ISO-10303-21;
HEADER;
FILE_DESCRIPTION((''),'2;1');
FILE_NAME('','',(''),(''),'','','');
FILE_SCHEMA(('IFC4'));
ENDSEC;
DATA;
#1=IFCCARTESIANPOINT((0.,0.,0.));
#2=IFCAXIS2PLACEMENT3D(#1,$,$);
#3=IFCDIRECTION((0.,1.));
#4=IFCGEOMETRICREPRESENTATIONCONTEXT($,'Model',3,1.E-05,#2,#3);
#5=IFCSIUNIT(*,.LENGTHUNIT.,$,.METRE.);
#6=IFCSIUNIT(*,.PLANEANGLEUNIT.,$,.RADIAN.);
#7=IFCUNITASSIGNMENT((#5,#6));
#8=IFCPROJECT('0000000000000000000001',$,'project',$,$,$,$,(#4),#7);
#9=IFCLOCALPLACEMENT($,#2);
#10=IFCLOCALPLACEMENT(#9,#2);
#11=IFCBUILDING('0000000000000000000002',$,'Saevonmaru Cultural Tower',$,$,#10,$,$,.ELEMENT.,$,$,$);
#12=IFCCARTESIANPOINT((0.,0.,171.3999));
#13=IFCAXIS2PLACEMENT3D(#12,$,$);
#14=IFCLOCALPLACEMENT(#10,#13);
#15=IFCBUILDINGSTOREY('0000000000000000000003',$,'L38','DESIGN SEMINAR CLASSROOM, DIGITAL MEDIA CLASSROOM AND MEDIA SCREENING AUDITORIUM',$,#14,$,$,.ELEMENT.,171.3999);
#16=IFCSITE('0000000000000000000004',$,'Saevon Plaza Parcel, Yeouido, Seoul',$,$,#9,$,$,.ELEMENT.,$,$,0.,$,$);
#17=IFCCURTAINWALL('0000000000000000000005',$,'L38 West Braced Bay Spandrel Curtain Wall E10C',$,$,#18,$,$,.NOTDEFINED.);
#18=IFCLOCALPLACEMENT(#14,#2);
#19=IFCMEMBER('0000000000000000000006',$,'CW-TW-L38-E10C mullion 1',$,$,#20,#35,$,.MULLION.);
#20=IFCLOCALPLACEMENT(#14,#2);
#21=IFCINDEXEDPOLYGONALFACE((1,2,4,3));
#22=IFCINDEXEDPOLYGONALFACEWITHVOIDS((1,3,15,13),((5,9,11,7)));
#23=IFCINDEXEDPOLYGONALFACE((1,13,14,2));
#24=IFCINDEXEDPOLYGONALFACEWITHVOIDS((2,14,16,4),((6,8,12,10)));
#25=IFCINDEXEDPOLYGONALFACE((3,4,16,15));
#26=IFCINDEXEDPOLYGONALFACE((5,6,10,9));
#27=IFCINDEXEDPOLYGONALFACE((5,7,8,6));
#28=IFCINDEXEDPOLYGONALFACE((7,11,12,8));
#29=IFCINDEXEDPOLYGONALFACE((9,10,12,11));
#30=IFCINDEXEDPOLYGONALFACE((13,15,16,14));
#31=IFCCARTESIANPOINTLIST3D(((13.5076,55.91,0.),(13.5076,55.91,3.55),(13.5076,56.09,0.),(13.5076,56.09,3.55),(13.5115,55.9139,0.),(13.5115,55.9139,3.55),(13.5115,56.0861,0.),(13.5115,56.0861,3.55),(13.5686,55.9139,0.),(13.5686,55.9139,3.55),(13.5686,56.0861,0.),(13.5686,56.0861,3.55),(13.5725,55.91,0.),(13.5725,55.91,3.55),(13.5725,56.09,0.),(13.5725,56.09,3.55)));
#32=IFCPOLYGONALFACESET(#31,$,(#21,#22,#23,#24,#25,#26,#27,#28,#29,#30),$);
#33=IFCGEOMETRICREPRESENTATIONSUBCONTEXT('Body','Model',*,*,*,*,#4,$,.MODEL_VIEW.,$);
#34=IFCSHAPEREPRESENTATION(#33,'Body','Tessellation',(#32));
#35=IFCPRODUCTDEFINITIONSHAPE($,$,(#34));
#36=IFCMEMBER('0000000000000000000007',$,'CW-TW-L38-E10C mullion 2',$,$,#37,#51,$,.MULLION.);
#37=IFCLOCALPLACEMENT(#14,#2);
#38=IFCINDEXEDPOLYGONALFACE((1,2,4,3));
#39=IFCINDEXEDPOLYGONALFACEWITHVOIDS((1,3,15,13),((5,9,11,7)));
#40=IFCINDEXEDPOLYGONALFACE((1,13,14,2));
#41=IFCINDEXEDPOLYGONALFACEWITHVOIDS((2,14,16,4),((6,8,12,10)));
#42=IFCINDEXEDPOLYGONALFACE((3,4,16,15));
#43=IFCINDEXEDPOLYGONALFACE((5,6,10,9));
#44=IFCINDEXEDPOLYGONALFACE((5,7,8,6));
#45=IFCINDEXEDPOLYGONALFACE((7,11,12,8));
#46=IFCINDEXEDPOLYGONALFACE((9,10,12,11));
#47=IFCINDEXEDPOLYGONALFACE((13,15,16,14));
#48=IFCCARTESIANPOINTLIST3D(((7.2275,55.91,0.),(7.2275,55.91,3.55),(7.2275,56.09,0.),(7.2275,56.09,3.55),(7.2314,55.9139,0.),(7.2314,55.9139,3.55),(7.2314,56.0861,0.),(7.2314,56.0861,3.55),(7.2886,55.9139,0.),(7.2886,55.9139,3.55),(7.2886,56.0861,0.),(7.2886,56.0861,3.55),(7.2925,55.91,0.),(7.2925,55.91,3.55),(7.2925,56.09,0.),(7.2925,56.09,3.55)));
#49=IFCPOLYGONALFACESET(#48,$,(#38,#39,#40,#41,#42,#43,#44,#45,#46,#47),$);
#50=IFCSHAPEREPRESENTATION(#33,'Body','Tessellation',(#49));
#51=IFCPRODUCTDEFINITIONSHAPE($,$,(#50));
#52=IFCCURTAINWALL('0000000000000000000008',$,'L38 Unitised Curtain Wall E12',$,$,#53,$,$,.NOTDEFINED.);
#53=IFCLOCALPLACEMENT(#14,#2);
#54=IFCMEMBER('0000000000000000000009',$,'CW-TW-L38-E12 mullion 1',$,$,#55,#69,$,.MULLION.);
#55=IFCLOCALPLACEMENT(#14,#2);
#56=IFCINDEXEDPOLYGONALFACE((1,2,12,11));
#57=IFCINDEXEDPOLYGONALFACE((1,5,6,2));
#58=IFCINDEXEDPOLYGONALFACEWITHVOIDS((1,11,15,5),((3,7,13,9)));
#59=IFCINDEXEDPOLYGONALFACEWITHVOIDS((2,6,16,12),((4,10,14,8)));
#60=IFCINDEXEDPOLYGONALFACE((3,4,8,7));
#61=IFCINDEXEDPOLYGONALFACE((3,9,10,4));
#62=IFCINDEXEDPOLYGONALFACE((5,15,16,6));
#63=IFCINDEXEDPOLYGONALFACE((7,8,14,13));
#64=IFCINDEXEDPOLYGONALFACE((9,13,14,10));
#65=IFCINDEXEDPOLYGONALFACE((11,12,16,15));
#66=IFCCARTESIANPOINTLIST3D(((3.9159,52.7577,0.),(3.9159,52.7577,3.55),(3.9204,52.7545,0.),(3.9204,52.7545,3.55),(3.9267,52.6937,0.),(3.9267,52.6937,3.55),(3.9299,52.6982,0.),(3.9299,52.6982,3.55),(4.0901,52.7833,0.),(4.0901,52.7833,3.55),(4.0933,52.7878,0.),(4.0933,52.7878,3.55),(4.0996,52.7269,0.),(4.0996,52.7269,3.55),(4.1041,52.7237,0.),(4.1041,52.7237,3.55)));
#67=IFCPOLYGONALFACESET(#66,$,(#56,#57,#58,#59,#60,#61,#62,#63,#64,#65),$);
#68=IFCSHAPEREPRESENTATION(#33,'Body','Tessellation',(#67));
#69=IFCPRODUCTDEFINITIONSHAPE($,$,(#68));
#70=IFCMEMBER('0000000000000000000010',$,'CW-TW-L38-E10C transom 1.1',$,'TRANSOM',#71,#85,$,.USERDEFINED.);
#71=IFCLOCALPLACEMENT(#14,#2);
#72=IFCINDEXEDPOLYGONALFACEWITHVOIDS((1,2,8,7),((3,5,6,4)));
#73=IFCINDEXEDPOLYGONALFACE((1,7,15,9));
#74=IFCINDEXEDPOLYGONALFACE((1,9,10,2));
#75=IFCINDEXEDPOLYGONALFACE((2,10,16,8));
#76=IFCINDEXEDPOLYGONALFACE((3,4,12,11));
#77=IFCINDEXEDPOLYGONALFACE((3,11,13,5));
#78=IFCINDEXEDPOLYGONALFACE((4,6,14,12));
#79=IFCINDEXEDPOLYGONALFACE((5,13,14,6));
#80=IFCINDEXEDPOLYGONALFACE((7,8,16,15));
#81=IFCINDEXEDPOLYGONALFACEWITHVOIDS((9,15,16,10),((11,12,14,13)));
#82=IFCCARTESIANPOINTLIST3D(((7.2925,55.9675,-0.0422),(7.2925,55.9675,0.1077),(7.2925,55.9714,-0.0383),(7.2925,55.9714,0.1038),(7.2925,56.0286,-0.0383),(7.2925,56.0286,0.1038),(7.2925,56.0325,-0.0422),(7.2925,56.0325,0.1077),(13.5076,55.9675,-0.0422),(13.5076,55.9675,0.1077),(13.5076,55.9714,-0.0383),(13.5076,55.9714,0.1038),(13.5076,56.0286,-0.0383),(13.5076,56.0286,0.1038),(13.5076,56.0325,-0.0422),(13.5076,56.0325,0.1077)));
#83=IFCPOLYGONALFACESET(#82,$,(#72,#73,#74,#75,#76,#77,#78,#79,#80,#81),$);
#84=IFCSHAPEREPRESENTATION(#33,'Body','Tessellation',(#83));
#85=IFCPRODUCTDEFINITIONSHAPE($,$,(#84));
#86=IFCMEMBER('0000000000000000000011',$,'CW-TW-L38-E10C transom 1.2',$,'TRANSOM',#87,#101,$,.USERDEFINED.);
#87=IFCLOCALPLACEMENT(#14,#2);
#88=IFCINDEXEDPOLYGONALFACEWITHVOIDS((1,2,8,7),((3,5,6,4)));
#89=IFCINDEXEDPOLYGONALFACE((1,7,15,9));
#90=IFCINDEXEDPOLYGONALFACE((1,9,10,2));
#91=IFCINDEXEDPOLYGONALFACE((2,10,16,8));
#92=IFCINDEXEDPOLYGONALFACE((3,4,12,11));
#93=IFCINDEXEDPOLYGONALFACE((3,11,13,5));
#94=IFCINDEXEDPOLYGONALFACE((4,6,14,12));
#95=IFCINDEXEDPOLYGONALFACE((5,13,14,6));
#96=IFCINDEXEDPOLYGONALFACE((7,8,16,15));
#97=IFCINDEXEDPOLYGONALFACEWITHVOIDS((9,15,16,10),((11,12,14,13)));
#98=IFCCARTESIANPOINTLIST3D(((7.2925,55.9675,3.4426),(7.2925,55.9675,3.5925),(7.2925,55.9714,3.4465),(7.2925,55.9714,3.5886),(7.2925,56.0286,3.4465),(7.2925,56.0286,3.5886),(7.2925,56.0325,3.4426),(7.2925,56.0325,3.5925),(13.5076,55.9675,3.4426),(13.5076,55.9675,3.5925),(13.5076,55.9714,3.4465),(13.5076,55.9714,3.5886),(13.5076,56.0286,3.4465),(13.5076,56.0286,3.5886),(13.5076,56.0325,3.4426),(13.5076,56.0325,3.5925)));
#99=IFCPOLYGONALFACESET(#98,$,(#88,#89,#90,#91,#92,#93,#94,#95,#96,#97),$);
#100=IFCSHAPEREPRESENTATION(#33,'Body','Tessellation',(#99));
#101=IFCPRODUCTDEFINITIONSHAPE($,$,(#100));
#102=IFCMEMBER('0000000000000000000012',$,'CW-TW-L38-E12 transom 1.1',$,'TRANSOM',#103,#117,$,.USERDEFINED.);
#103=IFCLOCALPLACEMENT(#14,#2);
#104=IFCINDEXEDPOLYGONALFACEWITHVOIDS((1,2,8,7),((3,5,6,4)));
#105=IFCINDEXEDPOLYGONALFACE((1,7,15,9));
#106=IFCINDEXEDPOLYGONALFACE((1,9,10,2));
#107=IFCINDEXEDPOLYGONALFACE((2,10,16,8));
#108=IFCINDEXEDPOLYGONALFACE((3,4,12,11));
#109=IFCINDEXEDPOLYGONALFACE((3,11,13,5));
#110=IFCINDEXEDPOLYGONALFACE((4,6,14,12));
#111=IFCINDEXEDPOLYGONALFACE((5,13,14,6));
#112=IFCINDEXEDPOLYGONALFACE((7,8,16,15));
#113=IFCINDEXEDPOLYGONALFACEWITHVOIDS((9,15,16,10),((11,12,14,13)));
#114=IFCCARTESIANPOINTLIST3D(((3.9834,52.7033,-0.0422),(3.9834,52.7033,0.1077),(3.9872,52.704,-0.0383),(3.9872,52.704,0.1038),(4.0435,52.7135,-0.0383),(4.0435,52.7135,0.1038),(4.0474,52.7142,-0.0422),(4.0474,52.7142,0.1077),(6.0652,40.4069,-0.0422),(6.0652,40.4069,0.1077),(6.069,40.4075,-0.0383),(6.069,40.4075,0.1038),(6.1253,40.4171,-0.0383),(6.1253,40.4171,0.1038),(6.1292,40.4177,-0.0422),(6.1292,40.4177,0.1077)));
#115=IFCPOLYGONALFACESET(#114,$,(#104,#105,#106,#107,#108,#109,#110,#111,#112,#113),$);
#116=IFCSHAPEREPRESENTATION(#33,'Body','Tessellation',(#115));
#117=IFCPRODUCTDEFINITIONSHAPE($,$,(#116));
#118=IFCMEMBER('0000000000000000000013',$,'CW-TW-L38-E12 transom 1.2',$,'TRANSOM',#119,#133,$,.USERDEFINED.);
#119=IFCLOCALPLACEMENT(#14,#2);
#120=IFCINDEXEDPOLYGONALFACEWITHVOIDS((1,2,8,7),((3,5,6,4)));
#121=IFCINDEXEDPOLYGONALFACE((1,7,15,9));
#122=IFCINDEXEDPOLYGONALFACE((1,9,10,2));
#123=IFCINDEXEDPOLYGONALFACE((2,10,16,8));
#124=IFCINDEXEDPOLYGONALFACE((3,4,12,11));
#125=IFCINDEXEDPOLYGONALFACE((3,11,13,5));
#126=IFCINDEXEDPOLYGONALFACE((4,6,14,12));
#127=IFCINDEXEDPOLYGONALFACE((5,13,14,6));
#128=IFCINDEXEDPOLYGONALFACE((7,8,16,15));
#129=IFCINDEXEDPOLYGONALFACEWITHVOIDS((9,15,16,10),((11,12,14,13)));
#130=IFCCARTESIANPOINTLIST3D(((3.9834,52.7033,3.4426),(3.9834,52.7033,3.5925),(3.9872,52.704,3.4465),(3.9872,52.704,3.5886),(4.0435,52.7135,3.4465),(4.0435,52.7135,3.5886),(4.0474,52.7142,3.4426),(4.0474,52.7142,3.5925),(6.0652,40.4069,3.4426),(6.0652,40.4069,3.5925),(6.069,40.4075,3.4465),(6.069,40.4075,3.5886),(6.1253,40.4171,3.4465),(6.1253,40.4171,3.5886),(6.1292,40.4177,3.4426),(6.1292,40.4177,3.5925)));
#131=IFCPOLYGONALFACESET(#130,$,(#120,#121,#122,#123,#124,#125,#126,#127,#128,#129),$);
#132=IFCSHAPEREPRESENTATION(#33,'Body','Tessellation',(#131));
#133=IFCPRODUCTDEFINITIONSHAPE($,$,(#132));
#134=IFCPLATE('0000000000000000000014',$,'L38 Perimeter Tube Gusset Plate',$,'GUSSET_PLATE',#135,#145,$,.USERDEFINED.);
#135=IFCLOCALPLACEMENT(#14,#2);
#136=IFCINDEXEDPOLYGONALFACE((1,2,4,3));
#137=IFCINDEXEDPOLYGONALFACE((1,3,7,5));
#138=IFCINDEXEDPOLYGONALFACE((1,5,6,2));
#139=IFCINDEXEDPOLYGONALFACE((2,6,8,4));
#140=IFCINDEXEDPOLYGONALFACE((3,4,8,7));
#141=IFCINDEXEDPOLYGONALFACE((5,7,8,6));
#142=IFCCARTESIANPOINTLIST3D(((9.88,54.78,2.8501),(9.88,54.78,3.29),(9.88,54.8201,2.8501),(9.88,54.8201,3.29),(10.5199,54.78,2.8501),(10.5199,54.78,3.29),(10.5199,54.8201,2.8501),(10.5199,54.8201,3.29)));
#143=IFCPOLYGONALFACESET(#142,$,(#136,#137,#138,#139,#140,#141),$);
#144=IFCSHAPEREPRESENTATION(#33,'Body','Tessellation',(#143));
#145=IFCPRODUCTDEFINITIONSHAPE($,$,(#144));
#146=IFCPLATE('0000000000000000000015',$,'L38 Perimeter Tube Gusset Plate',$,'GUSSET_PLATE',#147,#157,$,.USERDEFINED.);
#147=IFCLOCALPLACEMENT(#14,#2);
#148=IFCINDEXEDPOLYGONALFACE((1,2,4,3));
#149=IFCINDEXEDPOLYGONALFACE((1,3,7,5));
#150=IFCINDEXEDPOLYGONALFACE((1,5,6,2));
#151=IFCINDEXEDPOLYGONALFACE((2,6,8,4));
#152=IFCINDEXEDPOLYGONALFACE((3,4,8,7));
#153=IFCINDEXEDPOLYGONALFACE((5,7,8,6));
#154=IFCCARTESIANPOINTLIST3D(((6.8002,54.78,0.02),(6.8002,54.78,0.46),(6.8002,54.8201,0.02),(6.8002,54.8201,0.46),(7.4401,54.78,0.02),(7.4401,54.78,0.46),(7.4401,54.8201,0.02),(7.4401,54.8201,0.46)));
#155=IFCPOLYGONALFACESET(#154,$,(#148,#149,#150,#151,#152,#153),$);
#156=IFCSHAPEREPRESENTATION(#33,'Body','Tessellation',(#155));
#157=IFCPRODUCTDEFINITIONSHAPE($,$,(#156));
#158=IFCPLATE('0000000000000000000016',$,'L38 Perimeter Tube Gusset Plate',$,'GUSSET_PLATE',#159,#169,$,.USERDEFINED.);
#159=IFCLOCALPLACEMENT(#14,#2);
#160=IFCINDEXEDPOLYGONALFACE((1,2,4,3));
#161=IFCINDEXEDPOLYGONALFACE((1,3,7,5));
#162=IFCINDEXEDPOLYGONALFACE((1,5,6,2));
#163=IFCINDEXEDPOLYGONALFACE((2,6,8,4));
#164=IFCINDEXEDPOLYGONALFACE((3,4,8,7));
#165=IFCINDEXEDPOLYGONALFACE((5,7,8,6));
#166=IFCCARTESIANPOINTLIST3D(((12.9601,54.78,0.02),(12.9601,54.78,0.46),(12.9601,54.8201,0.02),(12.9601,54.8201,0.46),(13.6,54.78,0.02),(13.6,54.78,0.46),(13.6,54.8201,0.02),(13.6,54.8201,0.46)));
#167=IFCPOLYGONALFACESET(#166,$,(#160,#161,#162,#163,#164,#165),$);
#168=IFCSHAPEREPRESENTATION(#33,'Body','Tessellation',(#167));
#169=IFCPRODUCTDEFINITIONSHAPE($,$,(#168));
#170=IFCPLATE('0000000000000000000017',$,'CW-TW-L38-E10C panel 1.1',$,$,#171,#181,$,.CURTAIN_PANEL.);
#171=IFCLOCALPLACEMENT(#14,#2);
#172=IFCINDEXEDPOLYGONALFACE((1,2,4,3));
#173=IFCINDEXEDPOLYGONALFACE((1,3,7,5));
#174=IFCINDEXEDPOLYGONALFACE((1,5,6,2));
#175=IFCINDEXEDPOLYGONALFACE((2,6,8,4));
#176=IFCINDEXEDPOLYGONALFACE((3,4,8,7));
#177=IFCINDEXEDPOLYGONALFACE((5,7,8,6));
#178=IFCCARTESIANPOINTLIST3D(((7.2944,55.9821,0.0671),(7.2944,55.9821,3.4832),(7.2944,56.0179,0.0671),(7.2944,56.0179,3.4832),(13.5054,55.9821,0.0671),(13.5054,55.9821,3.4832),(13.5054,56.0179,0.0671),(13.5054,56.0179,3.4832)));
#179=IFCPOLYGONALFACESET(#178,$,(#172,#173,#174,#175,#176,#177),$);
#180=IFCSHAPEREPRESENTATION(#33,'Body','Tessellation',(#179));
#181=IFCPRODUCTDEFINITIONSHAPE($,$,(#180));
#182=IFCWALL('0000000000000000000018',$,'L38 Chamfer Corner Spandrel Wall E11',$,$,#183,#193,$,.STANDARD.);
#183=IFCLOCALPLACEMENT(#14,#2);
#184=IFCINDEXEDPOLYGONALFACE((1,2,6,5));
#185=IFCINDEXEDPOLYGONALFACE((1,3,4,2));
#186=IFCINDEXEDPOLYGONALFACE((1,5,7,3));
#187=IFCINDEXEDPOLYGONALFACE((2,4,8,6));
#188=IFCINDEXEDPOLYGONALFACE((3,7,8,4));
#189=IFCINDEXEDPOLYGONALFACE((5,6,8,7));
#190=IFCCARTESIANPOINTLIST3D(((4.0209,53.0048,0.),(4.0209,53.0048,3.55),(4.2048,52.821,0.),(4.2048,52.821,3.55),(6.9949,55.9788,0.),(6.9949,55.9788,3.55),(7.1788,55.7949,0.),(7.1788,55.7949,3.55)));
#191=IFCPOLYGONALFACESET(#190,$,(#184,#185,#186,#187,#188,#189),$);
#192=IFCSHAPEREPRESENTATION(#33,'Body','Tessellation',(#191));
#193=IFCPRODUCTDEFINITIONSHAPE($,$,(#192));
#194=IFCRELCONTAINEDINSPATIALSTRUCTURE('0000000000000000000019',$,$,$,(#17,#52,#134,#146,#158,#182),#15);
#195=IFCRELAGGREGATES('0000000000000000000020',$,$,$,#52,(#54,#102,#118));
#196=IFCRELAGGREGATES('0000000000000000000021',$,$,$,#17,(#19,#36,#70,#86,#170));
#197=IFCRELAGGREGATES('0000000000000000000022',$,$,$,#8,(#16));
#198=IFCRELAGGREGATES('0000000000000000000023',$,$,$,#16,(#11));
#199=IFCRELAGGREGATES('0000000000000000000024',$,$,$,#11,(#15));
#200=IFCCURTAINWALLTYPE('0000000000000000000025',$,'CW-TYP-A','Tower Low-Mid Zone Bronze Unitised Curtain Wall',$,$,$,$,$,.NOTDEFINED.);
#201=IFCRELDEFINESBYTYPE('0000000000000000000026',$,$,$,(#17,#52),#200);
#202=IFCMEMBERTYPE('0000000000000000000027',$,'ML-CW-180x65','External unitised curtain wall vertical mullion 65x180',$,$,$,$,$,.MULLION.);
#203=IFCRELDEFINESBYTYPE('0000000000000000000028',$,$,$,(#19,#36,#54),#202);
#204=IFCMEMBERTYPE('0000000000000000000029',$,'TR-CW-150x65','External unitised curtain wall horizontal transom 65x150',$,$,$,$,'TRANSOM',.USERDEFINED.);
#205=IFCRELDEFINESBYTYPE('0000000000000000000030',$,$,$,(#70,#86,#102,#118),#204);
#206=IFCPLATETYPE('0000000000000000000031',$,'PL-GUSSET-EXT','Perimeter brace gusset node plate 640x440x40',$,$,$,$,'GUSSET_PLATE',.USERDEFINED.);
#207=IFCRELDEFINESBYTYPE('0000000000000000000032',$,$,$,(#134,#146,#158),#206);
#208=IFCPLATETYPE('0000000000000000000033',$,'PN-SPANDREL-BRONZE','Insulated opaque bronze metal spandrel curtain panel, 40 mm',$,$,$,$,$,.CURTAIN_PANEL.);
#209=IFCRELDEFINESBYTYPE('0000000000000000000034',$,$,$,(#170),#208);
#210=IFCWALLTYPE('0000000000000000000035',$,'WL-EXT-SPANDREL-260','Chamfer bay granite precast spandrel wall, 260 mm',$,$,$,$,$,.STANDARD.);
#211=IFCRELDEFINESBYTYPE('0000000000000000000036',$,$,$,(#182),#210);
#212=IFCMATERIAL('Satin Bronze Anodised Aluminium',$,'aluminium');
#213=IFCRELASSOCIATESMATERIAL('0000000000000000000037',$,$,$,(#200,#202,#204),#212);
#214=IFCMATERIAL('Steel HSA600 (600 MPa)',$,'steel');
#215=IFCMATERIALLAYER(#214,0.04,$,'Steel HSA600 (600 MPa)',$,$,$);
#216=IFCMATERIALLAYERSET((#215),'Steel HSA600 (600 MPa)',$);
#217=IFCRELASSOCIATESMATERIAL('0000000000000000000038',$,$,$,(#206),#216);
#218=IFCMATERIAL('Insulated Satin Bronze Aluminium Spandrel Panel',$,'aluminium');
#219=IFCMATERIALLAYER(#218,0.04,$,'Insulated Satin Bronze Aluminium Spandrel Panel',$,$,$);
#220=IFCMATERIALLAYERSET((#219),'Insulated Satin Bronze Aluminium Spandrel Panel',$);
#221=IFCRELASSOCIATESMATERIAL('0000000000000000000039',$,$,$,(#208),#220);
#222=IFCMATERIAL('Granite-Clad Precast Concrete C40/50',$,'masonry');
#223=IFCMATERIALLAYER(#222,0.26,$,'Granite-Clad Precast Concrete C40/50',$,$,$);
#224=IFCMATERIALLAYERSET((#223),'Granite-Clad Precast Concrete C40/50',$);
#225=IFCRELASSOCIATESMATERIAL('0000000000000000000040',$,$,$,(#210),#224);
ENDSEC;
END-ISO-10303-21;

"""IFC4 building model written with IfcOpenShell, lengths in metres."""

from ifc_helpers import new_model, si_unit, direction, frame, frame_2d, origin, origin_2d, place, context, subcontext, project, spatial, rectangle, hollow_rectangle, extrude, material, layer, layer_set, material_profile, profile_set, type_object, element, aggregate, save


model = new_model("IFC4")

# Units and contexts
model_context = context("Model", 3, precision=1e-05, world=origin(), true_north=direction((0.0, 1.0)))
body_context = subcontext(model_context, "Body", "Model", "MODEL_VIEW")
ifc_project = project(units=[si_unit("LENGTHUNIT", "METRE"), si_unit("PLANEANGLEUNIT", "RADIAN")], contexts=[model_context])

# Site, building, storey
site_placement = place(None, origin())
site = spatial("IfcSite", under=ifc_project, at=site_placement, Name="Saevon Plaza Parcel, Yeouido, Seoul", CompositionType="ELEMENT", RefElevation=0.0)
building_placement = place(site_placement, origin())
building = spatial("IfcBuilding", under=site, at=building_placement, Name="Saevonmaru Cultural Tower", CompositionType="ELEMENT")
storey_placement = place(building_placement, frame((0.0, 0.0, 171.3999)))
storey = spatial("IfcBuildingStorey", under=building, at=storey_placement, Name="L38", Description="DESIGN SEMINAR CLASSROOM, DIGITAL MEDIA CLASSROOM AND MEDIA SCREENING AUDITORIUM", CompositionType="ELEMENT", Elevation=171.3999)

# Curtain wall, members
ifc_material_1 = material(Name="Satin Bronze Anodised Aluminium", Category="aluminium")
curtain_wall_type = type_object("IfcCurtainWallType", Name="CW-TYP-A", Description="Tower Low-Mid Zone Bronze Unitised Curtain Wall", PredefinedType="NOTDEFINED", material=ifc_material_1)
curtain_wall_1_placement = place(storey_placement, origin())
curtain_wall_1 = element("IfcCurtainWall", 1, at=curtain_wall_1_placement, inside=storey, type_object=curtain_wall_type, Name="L38 West Braced Bay Spandrel Curtain Wall E10C", PredefinedType="NOTDEFINED")
ifc_material_profile_1 = material_profile(ifc_material_1, hollow_rectangle(XDim=0.0649, YDim=0.1799, WallThickness=0.0039, at=origin_2d()), Name="ALU-MULL-180x65x4")
ifc_profile_set_1 = profile_set([ifc_material_profile_1], Name="Satin Bronze Anodised Aluminium")
member_type_1 = type_object("IfcMemberType", Name="ML-CW-180x65", Description="External unitised curtain wall vertical mullion 65x180", PredefinedType="MULLION", material=ifc_profile_set_1)
member_1_placement = place(storey_placement, frame((13.54, 56.0, 0.0), z_axis=(0.0, 0.0, 1.0), x_axis=(-1.0, 0.0, 0.0)))
member_1 = element("IfcMember", 2, at=member_1_placement, type_object=member_type_1, Name="CW-TW-L38-E10C mullion 1", PredefinedType="MULLION", context=body_context, shape_type="SweptSolid", body=[
    extrude(hollow_rectangle(XDim=0.0649, YDim=0.1799, WallThickness=0.0039, at=origin_2d()), origin(), (0.0, 0.0, 1.0), 3.55),
])
member_2_placement = place(storey_placement, frame((7.26, 56.0, 0.0), z_axis=(0.0, 0.0, 1.0), x_axis=(-1.0, 0.0, 0.0)))
member_2 = element("IfcMember", 3, at=member_2_placement, type_object=member_type_1, Name="CW-TW-L38-E10C mullion 2", PredefinedType="MULLION", context=body_context, shape_type="SweptSolid", body=[
    extrude(hollow_rectangle(XDim=0.0649, YDim=0.1799, WallThickness=0.0039, at=origin_2d()), origin(), (0.0, 0.0, 1.0), 3.55),
])

# Curtain wall, member
curtain_wall_2_placement = place(storey_placement, origin())
curtain_wall_2 = element("IfcCurtainWall", 4, at=curtain_wall_2_placement, inside=storey, type_object=curtain_wall_type, Name="L38 Unitised Curtain Wall E12", PredefinedType="NOTDEFINED")
member_3_placement = place(storey_placement, frame((4.01, 52.7407, 0.0), z_axis=(0.0, 0.0, 1.0), x_axis=(0.166922, -0.98597, 0.0)))
member_3 = element("IfcMember", 5, at=member_3_placement, type_object=member_type_1, Name="CW-TW-L38-E12 mullion 1", PredefinedType="MULLION", context=body_context, shape_type="SweptSolid", body=[
    extrude(hollow_rectangle(XDim=0.0649, YDim=0.1799, WallThickness=0.0039, at=origin_2d()), origin(), (0.0, 0.0, 1.0), 3.55),
])

# Members
ifc_material_profile_2 = material_profile(ifc_material_1, hollow_rectangle(XDim=0.0649, YDim=0.1499, WallThickness=0.0039, at=origin_2d()), Name="ALU-TRAN-150x65x4")
ifc_profile_set_2 = profile_set([ifc_material_profile_2], Name="Satin Bronze Anodised Aluminium")
member_type_2 = type_object("IfcMemberType", Name="TR-CW-150x65", Description="External unitised curtain wall horizontal transom 65x150", ElementType="TRANSOM", PredefinedType="USERDEFINED", material=ifc_profile_set_2)
member_4_placement = place(storey_placement, frame((13.5076, 56.0, 0.0327), z_axis=(-1.0, 0.0, 0.0), x_axis=(0.0, -1.0, 0.0)))
member_4 = element("IfcMember", 6, at=member_4_placement, type_object=member_type_2, Name="CW-TW-L38-E10C transom 1.1", ObjectType="TRANSOM", PredefinedType="USERDEFINED", context=body_context, shape_type="SweptSolid", body=[
    extrude(hollow_rectangle(XDim=0.0649, YDim=0.1499, WallThickness=0.0039, at=origin_2d()), origin(), (0.0, 0.0, 1.0), 6.2151),
])
member_5_placement = place(storey_placement, frame((13.5076, 56.0, 3.5176), z_axis=(-1.0, 0.0, 0.0), x_axis=(0.0, -1.0, 0.0)))
member_5 = element("IfcMember", 7, at=member_5_placement, type_object=member_type_2, Name="CW-TW-L38-E10C transom 1.2", ObjectType="TRANSOM", PredefinedType="USERDEFINED", context=body_context, shape_type="SweptSolid", body=[
    extrude(hollow_rectangle(XDim=0.0649, YDim=0.1499, WallThickness=0.0039, at=origin_2d()), origin(), (0.0, 0.0, 1.0), 6.2151),
])
member_6_placement = place(storey_placement, frame((4.0154, 52.7087, 0.0327), z_axis=(0.166925, -0.98597, 0.0), x_axis=(0.98597, 0.166925, 0.0)))
member_6 = element("IfcMember", 8, at=member_6_placement, type_object=member_type_2, Name="CW-TW-L38-E12 transom 1.1", ObjectType="TRANSOM", PredefinedType="USERDEFINED", context=body_context, shape_type="SweptSolid", body=[
    extrude(hollow_rectangle(XDim=0.0649, YDim=0.1499, WallThickness=0.0039, at=origin_2d()), origin(), (0.0, 0.0, 1.0), 12.4714),
])
member_7_placement = place(storey_placement, frame((4.0154, 52.7087, 3.5176), z_axis=(0.166925, -0.98597, 0.0), x_axis=(0.98597, 0.166925, 0.0)))
member_7 = element("IfcMember", 9, at=member_7_placement, type_object=member_type_2, Name="CW-TW-L38-E12 transom 1.2", ObjectType="TRANSOM", PredefinedType="USERDEFINED", context=body_context, shape_type="SweptSolid", body=[
    extrude(hollow_rectangle(XDim=0.0649, YDim=0.1499, WallThickness=0.0039, at=origin_2d()), origin(), (0.0, 0.0, 1.0), 12.4714),
])
aggregate(curtain_wall_2, [member_3, member_6, member_7])

# Plates
ifc_material_2 = material(Name="Steel HSA600 (600 MPa)", Category="steel")
ifc_layer_1 = layer(ifc_material_2, 0.04, Name="Steel HSA600 (600 MPa)")
ifc_layer_set_1 = layer_set([ifc_layer_1], Name="Steel HSA600 (600 MPa)")
plate_type_1 = type_object("IfcPlateType", Name="PL-GUSSET-EXT", Description="Perimeter brace gusset node plate 640x440x40", ElementType="GUSSET_PLATE", PredefinedType="USERDEFINED", material=ifc_layer_set_1)
for number, where, z_axis, x_axis, name in (
    (10, (10.2, 54.8, 2.8501), (0.0, 0.0, 1.0), (1.0, 0.0, 0.0), "L38 Perimeter Tube Gusset Plate"),
    (11, (7.1201, 54.8, 0.02), (0.0, 0.0, 1.0), (1.0, 0.0, 0.0), "L38 Perimeter Tube Gusset Plate"),
    (12, (13.28, 54.8, 0.02), (0.0, 0.0, 1.0), (1.0, 0.0, 0.0), "L38 Perimeter Tube Gusset Plate"),
):
    element("IfcPlate", number, at=place(storey_placement, frame(where, z_axis=z_axis, x_axis=x_axis)), inside=storey, type_object=plate_type_1, Name=name, ObjectType="GUSSET_PLATE", PredefinedType="USERDEFINED", context=body_context, shape_type="SweptSolid", body=[
        extrude(rectangle(XDim=0.6399, YDim=0.04, at=origin_2d()), origin(), (0.0, 0.0, 1.0), 0.4399),
    ])

# Plate
ifc_material_3 = material(Name="Insulated Satin Bronze Aluminium Spandrel Panel", Category="aluminium")
ifc_layer_2 = layer(ifc_material_3, 0.04, Name="Insulated Satin Bronze Aluminium Spandrel Panel")
ifc_layer_set_2 = layer_set([ifc_layer_2], Name="Insulated Satin Bronze Aluminium Spandrel Panel")
plate_type_2 = type_object("IfcPlateType", Name="PN-SPANDREL-BRONZE", Description="Insulated opaque bronze metal spandrel curtain panel, 40 mm", PredefinedType="CURTAIN_PANEL", material=ifc_layer_set_2)
plate_placement = place(storey_placement, frame((10.3999, 56.0, 0.0671), z_axis=(0.0, 0.0, 1.0), x_axis=(-1.0, 0.0, 0.0)))
plate = element("IfcPlate", 13, at=plate_placement, type_object=plate_type_2, Name="CW-TW-L38-E10C panel 1.1", PredefinedType="CURTAIN_PANEL", context=body_context, shape_type="SweptSolid", body=[
    extrude(rectangle(XDim=6.2109, YDim=0.0359, at=origin_2d()), origin(), (0.0, 0.0, 1.0), 3.416),
])
aggregate(curtain_wall_1, [member_1, member_2, member_4, member_5, plate])

# Wall
ifc_material_4 = material(Name="Granite-Clad Precast Concrete C40/50", Category="masonry")
ifc_layer_3 = layer(ifc_material_4, 0.26, Name="Granite-Clad Precast Concrete C40/50")
ifc_layer_set_3 = layer_set([ifc_layer_3], Name="Granite-Clad Precast Concrete C40/50")
wall_type_1 = type_object("IfcWallType", Name="WL-EXT-SPANDREL-260", Description="Chamfer bay granite precast spandrel wall, 260 mm", PredefinedType="STANDARD", material=ifc_layer_set_3)
wall_1_placement = place(storey_placement, frame((7.0869, 55.887, 0.0), z_axis=(0.0, 0.0, 1.0), x_axis=(-0.707107, -0.707107, 0.0)))
element("IfcWall", 14, at=wall_1_placement, inside=storey, type_object=wall_type_1, Name="L38 Chamfer Corner Spandrel Wall E11", PredefinedType="STANDARD", context=body_context, shape_type="SweptSolid", body=[
    extrude(rectangle(XDim=4.2058, YDim=0.26, at=frame_2d((2.103, 0.0))), origin(), (0.0, 0.0, 1.0), 3.55),
])

save(model, "model.ifc")
